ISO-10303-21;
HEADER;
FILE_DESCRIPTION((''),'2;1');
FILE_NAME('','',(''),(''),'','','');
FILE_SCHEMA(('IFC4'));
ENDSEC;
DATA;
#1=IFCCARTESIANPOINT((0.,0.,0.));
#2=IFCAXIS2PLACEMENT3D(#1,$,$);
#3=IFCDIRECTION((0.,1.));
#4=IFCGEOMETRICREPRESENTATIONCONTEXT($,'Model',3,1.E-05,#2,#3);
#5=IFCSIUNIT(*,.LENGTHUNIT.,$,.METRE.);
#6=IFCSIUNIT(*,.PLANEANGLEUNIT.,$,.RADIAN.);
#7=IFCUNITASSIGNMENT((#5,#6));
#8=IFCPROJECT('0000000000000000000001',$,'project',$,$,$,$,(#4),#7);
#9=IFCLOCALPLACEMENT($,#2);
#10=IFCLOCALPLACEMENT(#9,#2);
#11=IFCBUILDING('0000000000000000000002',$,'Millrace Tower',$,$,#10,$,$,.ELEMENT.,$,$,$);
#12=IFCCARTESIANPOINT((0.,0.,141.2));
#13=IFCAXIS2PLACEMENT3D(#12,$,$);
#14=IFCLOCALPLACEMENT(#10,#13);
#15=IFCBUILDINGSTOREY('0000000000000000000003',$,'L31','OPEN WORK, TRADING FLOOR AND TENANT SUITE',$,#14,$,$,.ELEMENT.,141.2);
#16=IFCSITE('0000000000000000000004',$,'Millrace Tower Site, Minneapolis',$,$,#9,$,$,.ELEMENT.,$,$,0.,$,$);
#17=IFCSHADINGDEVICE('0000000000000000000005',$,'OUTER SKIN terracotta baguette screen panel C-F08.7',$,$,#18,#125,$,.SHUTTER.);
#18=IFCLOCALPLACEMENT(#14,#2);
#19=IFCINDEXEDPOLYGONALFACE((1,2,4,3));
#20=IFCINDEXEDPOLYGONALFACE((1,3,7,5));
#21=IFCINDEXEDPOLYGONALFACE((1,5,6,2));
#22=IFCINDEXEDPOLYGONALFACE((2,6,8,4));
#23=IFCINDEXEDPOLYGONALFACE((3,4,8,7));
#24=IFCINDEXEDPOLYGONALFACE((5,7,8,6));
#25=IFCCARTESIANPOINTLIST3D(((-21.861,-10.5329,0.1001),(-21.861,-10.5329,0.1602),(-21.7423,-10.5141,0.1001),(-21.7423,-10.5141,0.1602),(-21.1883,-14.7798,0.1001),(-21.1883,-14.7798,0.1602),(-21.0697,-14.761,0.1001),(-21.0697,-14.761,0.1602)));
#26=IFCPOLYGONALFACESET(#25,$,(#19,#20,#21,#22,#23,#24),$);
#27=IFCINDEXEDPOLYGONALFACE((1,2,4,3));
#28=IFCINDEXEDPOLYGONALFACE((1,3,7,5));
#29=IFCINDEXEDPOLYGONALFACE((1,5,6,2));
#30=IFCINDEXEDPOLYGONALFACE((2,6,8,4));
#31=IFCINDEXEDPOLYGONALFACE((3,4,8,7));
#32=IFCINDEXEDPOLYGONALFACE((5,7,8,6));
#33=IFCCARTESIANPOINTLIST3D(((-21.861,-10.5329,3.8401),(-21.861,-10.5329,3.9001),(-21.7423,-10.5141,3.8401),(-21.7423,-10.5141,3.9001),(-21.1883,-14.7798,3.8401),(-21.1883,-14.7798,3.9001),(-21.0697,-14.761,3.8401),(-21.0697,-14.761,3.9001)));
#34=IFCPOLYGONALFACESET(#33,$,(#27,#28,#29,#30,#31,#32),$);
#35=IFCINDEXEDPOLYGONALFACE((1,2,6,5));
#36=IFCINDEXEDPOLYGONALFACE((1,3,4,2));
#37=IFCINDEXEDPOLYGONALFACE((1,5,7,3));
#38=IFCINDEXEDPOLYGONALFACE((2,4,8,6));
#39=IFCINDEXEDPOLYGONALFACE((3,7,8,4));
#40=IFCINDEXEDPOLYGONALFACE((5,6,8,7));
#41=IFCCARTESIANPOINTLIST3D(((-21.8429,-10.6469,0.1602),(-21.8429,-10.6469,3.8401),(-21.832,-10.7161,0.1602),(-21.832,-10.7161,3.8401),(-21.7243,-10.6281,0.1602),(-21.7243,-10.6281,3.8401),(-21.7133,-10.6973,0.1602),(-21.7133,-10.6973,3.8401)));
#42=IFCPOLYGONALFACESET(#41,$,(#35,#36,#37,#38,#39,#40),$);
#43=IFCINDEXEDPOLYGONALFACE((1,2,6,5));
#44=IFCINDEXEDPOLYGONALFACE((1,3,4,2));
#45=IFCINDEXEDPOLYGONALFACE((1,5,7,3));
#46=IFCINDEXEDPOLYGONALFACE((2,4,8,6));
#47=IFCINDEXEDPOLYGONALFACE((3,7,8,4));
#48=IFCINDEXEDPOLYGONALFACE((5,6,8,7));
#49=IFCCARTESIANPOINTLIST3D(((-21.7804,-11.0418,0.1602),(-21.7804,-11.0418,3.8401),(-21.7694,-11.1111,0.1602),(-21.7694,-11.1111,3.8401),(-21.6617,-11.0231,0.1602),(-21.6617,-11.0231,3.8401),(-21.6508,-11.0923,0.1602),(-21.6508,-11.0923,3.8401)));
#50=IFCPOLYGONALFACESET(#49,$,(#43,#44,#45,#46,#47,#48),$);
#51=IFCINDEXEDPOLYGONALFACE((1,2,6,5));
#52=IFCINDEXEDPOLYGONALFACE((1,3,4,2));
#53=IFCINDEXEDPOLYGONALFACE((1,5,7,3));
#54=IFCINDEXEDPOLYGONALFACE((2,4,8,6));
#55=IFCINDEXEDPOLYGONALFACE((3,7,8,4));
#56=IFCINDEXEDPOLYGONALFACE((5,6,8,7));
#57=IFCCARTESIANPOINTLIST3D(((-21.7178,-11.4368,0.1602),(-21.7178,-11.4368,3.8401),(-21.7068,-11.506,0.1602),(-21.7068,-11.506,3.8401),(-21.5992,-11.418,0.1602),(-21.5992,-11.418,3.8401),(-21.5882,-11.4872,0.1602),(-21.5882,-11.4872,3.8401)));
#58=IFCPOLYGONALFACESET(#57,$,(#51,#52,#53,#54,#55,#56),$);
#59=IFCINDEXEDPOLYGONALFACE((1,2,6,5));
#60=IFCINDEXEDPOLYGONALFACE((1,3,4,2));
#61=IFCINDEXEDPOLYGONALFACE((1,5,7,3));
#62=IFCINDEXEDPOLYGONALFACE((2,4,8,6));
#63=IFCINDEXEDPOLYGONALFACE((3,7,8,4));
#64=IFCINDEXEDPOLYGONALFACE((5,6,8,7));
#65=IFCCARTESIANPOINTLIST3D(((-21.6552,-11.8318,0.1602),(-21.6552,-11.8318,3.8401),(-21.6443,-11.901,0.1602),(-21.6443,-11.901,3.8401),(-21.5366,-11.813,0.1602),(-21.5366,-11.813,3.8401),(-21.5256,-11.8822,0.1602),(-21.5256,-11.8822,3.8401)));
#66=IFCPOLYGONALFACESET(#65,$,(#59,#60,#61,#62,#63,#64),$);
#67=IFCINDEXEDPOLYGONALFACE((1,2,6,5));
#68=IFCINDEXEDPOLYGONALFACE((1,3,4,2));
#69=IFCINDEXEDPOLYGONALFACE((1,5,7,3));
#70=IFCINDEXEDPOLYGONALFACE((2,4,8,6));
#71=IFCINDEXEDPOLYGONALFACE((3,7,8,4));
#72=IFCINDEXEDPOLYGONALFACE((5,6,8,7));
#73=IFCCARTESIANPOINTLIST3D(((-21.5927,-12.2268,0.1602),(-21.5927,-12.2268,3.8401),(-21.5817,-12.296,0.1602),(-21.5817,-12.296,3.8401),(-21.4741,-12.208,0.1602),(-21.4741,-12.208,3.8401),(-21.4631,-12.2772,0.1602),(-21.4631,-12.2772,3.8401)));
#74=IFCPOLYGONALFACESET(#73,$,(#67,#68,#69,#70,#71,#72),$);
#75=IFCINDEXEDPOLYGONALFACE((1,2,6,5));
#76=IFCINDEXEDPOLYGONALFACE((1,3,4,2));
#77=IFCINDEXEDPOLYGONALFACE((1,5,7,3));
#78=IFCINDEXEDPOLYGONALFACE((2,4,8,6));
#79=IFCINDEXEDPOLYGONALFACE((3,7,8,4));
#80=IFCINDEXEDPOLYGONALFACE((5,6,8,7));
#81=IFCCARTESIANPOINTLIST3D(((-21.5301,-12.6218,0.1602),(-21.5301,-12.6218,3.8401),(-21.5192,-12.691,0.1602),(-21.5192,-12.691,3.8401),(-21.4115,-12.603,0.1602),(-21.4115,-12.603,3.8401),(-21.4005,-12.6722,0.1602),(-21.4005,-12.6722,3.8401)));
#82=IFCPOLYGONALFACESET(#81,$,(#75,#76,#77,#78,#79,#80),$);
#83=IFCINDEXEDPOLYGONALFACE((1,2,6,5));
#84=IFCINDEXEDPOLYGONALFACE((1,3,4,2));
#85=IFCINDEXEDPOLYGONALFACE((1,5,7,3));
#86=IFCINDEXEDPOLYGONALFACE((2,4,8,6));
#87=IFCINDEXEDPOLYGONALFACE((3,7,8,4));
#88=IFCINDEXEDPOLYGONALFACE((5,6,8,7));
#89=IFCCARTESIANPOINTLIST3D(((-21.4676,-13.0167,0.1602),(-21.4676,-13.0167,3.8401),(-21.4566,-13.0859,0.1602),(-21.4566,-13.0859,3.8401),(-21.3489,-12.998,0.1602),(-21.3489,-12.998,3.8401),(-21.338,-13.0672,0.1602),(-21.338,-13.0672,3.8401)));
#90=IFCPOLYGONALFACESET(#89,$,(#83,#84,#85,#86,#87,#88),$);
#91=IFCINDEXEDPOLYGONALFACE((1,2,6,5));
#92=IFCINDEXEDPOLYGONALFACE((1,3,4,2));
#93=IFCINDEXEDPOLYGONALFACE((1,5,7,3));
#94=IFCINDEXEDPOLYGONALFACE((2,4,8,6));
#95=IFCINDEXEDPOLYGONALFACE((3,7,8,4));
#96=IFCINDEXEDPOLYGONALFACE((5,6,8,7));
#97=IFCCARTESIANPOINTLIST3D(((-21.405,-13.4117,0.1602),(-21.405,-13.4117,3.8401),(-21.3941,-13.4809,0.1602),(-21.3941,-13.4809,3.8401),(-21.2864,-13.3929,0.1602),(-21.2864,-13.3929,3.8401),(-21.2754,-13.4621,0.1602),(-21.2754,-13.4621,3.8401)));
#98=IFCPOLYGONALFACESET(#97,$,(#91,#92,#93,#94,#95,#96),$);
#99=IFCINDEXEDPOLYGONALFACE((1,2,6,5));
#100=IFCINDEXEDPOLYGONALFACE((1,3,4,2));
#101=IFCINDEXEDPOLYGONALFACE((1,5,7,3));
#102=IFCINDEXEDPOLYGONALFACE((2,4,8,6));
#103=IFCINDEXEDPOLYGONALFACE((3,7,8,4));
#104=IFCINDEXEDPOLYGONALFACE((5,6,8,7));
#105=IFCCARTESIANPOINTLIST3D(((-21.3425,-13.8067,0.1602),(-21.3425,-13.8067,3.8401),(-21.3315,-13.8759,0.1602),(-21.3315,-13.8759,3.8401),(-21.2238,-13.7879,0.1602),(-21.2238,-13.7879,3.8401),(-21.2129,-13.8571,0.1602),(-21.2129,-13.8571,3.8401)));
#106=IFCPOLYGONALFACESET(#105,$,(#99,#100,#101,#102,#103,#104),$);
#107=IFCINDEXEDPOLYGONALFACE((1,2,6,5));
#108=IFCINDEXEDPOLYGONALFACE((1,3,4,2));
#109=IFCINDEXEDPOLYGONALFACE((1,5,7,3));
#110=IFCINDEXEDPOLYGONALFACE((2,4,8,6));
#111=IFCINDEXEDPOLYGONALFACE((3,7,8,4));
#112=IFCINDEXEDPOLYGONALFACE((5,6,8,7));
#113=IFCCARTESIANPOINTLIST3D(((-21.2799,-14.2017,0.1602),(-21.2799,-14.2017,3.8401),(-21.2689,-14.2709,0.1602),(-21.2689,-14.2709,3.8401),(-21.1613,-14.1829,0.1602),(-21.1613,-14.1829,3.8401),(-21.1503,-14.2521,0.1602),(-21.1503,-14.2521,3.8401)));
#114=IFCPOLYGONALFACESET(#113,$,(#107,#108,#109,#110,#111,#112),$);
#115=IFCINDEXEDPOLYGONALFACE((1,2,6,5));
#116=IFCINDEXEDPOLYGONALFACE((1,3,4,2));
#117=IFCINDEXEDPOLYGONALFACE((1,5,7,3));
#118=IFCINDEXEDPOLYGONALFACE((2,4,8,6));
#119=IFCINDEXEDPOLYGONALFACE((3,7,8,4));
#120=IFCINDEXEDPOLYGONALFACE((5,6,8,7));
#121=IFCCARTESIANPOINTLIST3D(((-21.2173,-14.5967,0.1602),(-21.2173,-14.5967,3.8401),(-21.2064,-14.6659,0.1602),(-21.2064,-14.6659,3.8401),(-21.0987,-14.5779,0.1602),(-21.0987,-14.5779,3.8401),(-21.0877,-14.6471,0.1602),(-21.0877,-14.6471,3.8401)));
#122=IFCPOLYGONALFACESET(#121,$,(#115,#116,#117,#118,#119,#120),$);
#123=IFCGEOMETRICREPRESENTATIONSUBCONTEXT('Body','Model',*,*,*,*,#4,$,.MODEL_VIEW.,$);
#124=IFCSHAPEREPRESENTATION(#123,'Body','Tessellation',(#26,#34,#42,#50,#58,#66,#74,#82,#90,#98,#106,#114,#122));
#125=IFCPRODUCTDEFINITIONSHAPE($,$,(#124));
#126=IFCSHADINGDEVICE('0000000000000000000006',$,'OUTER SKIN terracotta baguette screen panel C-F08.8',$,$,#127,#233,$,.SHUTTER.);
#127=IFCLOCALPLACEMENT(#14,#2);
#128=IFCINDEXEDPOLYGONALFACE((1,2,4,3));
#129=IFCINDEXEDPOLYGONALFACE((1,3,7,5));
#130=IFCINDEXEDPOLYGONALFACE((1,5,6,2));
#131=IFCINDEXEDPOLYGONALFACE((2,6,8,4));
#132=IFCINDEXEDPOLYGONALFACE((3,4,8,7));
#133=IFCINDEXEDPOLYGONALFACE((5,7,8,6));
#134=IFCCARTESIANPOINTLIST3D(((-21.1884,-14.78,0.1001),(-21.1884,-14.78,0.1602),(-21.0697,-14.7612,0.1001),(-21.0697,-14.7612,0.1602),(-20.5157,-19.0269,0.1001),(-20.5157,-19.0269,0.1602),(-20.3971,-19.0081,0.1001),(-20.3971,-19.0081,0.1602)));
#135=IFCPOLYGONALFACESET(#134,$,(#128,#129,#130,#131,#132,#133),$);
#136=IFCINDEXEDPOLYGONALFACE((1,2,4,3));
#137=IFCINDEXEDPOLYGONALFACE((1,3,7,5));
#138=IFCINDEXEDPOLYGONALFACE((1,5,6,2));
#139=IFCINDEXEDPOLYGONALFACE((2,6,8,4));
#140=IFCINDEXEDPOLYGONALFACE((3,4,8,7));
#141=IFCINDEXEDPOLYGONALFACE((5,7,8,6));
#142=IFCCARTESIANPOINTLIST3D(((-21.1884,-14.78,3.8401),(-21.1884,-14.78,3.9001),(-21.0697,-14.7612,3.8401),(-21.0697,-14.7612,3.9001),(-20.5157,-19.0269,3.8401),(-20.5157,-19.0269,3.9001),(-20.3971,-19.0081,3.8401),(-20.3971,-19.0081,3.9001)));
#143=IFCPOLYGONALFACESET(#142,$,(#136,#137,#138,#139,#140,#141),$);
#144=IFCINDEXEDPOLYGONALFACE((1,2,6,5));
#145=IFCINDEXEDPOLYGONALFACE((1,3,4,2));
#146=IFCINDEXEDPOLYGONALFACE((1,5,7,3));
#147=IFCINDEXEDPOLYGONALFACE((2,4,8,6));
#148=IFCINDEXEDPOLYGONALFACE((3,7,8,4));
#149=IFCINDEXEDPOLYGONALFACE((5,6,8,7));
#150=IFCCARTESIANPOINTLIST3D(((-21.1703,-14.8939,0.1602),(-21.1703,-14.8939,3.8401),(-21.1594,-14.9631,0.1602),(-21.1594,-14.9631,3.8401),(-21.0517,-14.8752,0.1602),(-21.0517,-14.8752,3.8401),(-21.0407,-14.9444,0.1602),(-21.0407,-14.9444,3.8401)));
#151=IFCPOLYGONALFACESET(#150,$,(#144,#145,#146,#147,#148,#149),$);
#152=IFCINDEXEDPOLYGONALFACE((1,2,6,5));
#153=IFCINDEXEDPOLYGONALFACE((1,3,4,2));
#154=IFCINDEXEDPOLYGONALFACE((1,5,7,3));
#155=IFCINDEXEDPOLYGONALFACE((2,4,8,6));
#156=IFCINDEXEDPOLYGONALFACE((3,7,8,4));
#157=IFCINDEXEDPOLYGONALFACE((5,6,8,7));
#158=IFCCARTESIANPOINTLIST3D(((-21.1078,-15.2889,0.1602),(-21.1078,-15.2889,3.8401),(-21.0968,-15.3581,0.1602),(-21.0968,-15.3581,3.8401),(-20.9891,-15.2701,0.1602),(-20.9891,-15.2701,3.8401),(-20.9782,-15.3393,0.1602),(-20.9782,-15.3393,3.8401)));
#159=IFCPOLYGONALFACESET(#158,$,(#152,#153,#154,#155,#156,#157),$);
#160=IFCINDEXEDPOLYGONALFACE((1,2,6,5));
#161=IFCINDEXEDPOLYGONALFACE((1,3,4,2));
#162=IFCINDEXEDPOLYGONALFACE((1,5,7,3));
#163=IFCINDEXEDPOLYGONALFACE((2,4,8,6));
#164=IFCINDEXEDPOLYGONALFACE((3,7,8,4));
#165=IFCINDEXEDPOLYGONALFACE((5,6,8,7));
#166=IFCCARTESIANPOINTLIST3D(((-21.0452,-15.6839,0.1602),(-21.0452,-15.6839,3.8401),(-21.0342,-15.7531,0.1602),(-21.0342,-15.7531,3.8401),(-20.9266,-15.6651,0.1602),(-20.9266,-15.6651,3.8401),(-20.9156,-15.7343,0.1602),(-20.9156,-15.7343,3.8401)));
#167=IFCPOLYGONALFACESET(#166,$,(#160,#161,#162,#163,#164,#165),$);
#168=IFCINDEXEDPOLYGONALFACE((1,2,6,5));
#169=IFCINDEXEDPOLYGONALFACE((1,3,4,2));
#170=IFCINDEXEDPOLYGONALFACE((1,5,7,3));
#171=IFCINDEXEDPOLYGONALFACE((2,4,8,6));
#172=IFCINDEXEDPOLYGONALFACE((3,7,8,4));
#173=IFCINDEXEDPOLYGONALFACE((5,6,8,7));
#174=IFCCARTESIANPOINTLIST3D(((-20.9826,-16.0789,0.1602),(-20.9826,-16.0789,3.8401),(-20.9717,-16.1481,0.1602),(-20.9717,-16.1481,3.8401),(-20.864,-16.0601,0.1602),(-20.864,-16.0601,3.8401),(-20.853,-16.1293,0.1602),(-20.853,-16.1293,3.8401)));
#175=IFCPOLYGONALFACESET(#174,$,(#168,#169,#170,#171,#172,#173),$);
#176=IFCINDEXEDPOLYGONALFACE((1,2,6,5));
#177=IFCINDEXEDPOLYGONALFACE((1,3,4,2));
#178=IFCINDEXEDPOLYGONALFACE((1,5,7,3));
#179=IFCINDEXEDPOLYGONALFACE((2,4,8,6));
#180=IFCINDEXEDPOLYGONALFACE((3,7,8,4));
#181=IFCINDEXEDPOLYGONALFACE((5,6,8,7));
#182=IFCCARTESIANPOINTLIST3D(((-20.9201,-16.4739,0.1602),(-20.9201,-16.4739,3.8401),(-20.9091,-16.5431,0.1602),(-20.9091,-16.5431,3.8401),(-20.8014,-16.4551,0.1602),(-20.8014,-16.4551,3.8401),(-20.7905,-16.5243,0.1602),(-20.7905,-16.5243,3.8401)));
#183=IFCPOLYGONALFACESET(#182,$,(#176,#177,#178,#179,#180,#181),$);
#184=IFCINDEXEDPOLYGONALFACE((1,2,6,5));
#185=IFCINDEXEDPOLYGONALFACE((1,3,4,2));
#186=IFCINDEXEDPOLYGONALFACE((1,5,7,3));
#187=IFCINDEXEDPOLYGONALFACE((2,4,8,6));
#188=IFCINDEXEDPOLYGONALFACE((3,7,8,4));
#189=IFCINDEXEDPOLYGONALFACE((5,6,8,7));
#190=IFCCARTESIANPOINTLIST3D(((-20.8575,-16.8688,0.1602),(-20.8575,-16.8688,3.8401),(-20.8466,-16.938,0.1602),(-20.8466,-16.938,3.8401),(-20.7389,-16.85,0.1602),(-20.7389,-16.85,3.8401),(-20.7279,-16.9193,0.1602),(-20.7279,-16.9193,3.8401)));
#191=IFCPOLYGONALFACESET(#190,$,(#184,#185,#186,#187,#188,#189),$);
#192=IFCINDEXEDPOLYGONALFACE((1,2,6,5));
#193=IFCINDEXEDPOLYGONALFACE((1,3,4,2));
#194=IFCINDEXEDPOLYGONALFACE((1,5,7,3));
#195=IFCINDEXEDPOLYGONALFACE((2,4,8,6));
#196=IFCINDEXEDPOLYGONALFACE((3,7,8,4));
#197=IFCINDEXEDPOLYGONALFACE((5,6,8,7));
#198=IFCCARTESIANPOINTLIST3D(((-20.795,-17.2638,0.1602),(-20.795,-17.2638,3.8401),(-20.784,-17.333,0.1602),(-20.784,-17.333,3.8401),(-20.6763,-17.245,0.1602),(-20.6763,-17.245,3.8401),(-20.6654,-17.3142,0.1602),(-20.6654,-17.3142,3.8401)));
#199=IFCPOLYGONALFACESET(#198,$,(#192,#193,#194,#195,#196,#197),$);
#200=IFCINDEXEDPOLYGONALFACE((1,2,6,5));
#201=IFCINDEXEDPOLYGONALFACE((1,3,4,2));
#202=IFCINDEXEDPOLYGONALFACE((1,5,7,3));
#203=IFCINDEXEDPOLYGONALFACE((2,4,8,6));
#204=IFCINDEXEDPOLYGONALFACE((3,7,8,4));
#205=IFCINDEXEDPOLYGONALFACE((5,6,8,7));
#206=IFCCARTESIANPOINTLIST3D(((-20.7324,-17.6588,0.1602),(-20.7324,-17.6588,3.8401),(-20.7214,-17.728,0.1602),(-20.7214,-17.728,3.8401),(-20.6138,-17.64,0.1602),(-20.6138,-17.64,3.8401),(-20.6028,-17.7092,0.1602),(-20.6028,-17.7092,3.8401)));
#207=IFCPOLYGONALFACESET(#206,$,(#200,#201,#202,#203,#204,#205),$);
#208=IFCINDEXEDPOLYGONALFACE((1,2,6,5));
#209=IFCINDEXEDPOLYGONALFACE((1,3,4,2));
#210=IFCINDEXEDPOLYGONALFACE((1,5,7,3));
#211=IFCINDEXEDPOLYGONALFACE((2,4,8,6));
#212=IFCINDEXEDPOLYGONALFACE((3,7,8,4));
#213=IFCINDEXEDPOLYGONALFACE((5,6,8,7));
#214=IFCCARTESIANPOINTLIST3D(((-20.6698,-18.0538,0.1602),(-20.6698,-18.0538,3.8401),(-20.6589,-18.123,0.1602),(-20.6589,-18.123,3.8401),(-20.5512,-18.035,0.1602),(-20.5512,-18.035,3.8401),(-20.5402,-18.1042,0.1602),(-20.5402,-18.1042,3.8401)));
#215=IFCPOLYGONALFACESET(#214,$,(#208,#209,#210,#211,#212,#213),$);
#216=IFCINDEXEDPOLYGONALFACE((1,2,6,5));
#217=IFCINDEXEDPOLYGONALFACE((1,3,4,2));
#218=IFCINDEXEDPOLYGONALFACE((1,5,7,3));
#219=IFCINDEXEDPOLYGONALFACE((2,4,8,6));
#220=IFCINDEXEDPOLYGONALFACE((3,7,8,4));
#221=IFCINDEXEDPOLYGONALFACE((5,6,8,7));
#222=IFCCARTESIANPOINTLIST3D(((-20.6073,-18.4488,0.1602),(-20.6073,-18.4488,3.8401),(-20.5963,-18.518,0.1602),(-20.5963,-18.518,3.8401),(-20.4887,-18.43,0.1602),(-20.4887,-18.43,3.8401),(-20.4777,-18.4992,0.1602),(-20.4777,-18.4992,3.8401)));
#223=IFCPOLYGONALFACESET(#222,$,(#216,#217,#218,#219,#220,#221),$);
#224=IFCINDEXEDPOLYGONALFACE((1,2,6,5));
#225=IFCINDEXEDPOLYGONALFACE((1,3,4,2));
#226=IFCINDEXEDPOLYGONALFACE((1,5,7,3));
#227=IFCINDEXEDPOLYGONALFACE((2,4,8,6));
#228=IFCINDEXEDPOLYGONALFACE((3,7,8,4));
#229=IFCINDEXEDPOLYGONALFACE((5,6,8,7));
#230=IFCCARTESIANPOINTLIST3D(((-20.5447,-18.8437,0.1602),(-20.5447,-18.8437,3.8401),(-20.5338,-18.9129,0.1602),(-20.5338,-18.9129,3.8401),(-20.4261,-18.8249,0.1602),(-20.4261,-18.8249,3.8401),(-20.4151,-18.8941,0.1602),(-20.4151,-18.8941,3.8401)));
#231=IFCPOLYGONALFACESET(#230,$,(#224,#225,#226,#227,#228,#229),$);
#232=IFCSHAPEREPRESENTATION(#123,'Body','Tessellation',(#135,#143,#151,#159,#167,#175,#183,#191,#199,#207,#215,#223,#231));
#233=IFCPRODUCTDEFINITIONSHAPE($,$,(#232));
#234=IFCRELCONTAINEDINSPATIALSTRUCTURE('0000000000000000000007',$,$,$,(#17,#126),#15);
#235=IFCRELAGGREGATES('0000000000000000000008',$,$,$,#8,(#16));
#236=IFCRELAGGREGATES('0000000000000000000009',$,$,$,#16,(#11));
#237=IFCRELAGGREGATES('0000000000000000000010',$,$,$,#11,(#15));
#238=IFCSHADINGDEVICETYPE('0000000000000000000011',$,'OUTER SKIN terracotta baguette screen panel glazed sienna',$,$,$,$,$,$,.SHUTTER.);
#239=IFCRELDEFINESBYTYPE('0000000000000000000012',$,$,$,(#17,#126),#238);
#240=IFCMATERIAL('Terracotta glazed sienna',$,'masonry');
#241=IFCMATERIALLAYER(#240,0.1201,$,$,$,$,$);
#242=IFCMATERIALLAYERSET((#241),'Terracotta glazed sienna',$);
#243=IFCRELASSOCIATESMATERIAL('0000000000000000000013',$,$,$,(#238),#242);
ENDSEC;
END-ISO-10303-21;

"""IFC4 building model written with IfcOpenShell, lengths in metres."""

from ifc_helpers import new_model, entity, si_unit, direction, frame, frame_2d, origin, origin_2d, place, context, subcontext, project, spatial, rectangle, extrude, source, transform, mapped, material, layer, layer_set, type_object, element, save


model = new_model("IFC4")

# Units and contexts
model_context = context("Model", 3, precision=1e-05, world=origin(), true_north=direction((0.0, 1.0)))
body_context = subcontext(model_context, "Body", "Model", "MODEL_VIEW")
ifc_project = project(units=[si_unit("LENGTHUNIT", "METRE"), si_unit("PLANEANGLEUNIT", "RADIAN")], contexts=[model_context])

# Site, building, storey
site_placement = place(None, origin())
site = spatial("IfcSite", under=ifc_project, at=site_placement, Name="Millrace Tower Site, Minneapolis", CompositionType="ELEMENT", RefElevation=0.0)
building_placement = place(site_placement, origin())
building = spatial("IfcBuilding", under=site, at=building_placement, Name="Millrace Tower", CompositionType="ELEMENT")
storey_placement = place(building_placement, frame((0.0, 0.0, 141.2)))
storey = spatial("IfcBuildingStorey", under=building, at=storey_placement, Name="L31", Description="OPEN WORK, TRADING FLOOR AND TENANT SUITE", CompositionType="ELEMENT", Elevation=141.2)

# Shading devices
ifc_material_1 = material(Name="Terracotta glazed sienna", Category="masonry")
ifc_layer_1 = layer(ifc_material_1, 0.1201)
ifc_layer_set_1 = layer_set([ifc_layer_1], Name="Terracotta glazed sienna")
shading_device_type = type_object("IfcShadingDeviceType", Name="OUTER SKIN terracotta baguette screen panel glazed sienna", PredefinedType="SHUTTER", material=ifc_layer_set_1)
cartesian_point_1 = entity("IfcCartesianPoint", [-2.1499, 0.0601])
shared_polyline_1 = entity("IfcPolyline", [cartesian_point_1, entity("IfcCartesianPoint", [2.1499, 0.0601]), entity("IfcCartesianPoint", [2.1499, -0.0601]), entity("IfcCartesianPoint", [-2.1499, -0.0601]), cartesian_point_1])
shared_shape_1 = source(origin(), body_context, "Body", "SweptSolid", [
    entity("IfcExtrudedAreaSolid", entity("IfcArbitraryClosedProfileDef", "AREA", None, shared_polyline_1), entity("IfcAxis2Placement3D", entity("IfcCartesianPoint", [0.0, 0.0, 0.0])), entity("IfcDirection", [0.0, 0.0, 1.0]), 0.0601),
    entity("IfcExtrudedAreaSolid", entity("IfcArbitraryClosedProfileDef", "AREA", None, shared_polyline_1), entity("IfcAxis2Placement3D", entity("IfcCartesianPoint", [0.0, 0.0, 3.74])), entity("IfcDirection", [0.0, 0.0, 1.0]), 0.0601),
    extrude(rectangle(XDim=0.0701, YDim=0.1201, at=frame_2d((-1.9995, 0.0))), frame((0.0, 0.0, 0.0601)), (0.0, 0.0, 1.0), 3.6799),
    extrude(rectangle(XDim=0.0701, YDim=0.1201, at=frame_2d((-1.5996, 0.0))), frame((0.0, 0.0, 0.0601)), (0.0, 0.0, 1.0), 3.6799),
    extrude(rectangle(XDim=0.0701, YDim=0.1201, at=frame_2d((-1.1997, 0.0))), frame((0.0, 0.0, 0.0601)), (0.0, 0.0, 1.0), 3.6799),
    extrude(rectangle(XDim=0.0701, YDim=0.1201, at=frame_2d((-0.7998, 0.0))), frame((0.0, 0.0, 0.0601)), (0.0, 0.0, 1.0), 3.6799),
    extrude(rectangle(XDim=0.0701, YDim=0.1201, at=frame_2d((-0.3999, 0.0))), frame((0.0, 0.0, 0.0601)), (0.0, 0.0, 1.0), 3.6799),
    extrude(rectangle(XDim=0.0701, YDim=0.1201, at=origin_2d()), frame((0.0, 0.0, 0.0601)), (0.0, 0.0, 1.0), 3.6799),
    extrude(rectangle(XDim=0.0701, YDim=0.1201, at=frame_2d((0.3999, 0.0))), frame((0.0, 0.0, 0.0601)), (0.0, 0.0, 1.0), 3.6799),
    extrude(rectangle(XDim=0.0701, YDim=0.1201, at=frame_2d((0.7998, 0.0))), frame((0.0, 0.0, 0.0601)), (0.0, 0.0, 1.0), 3.6799),
    extrude(rectangle(XDim=0.0701, YDim=0.1201, at=frame_2d((1.1997, 0.0))), frame((0.0, 0.0, 0.0601)), (0.0, 0.0, 1.0), 3.6799),
    extrude(rectangle(XDim=0.0701, YDim=0.1201, at=frame_2d((1.5996, 0.0))), frame((0.0, 0.0, 0.0601)), (0.0, 0.0, 1.0), 3.6799),
    extrude(rectangle(XDim=0.0701, YDim=0.1201, at=frame_2d((1.9995, 0.0))), frame((0.0, 0.0, 0.0601)), (0.0, 0.0, 1.0), 3.6799),
])
for number, where, z_axis, x_axis, name in (
    (1, (-21.4653, -12.647, 0.1001), (0.0, 0.0, 1.0), (0.156434, -0.987688, 0.0), "OUTER SKIN terracotta baguette screen panel C-F08.7"),
    (2, (-20.7927, -16.894, 0.1001), (0.0, 0.0, 1.0), (0.156434, -0.987688, 0.0), "OUTER SKIN terracotta baguette screen panel C-F08.8"),
):
    element("IfcShadingDevice", number, at=place(storey_placement, frame(where, z_axis=z_axis, x_axis=x_axis)), inside=storey, type_object=shading_device_type, Name=name, PredefinedType="SHUTTER", context=body_context, shape_type="MappedRepresentation", body=[
        mapped(shared_shape_1, transform((0.0, 0.0, 0.0), scale=1.0)),
    ])

save(model, "model.ifc")
